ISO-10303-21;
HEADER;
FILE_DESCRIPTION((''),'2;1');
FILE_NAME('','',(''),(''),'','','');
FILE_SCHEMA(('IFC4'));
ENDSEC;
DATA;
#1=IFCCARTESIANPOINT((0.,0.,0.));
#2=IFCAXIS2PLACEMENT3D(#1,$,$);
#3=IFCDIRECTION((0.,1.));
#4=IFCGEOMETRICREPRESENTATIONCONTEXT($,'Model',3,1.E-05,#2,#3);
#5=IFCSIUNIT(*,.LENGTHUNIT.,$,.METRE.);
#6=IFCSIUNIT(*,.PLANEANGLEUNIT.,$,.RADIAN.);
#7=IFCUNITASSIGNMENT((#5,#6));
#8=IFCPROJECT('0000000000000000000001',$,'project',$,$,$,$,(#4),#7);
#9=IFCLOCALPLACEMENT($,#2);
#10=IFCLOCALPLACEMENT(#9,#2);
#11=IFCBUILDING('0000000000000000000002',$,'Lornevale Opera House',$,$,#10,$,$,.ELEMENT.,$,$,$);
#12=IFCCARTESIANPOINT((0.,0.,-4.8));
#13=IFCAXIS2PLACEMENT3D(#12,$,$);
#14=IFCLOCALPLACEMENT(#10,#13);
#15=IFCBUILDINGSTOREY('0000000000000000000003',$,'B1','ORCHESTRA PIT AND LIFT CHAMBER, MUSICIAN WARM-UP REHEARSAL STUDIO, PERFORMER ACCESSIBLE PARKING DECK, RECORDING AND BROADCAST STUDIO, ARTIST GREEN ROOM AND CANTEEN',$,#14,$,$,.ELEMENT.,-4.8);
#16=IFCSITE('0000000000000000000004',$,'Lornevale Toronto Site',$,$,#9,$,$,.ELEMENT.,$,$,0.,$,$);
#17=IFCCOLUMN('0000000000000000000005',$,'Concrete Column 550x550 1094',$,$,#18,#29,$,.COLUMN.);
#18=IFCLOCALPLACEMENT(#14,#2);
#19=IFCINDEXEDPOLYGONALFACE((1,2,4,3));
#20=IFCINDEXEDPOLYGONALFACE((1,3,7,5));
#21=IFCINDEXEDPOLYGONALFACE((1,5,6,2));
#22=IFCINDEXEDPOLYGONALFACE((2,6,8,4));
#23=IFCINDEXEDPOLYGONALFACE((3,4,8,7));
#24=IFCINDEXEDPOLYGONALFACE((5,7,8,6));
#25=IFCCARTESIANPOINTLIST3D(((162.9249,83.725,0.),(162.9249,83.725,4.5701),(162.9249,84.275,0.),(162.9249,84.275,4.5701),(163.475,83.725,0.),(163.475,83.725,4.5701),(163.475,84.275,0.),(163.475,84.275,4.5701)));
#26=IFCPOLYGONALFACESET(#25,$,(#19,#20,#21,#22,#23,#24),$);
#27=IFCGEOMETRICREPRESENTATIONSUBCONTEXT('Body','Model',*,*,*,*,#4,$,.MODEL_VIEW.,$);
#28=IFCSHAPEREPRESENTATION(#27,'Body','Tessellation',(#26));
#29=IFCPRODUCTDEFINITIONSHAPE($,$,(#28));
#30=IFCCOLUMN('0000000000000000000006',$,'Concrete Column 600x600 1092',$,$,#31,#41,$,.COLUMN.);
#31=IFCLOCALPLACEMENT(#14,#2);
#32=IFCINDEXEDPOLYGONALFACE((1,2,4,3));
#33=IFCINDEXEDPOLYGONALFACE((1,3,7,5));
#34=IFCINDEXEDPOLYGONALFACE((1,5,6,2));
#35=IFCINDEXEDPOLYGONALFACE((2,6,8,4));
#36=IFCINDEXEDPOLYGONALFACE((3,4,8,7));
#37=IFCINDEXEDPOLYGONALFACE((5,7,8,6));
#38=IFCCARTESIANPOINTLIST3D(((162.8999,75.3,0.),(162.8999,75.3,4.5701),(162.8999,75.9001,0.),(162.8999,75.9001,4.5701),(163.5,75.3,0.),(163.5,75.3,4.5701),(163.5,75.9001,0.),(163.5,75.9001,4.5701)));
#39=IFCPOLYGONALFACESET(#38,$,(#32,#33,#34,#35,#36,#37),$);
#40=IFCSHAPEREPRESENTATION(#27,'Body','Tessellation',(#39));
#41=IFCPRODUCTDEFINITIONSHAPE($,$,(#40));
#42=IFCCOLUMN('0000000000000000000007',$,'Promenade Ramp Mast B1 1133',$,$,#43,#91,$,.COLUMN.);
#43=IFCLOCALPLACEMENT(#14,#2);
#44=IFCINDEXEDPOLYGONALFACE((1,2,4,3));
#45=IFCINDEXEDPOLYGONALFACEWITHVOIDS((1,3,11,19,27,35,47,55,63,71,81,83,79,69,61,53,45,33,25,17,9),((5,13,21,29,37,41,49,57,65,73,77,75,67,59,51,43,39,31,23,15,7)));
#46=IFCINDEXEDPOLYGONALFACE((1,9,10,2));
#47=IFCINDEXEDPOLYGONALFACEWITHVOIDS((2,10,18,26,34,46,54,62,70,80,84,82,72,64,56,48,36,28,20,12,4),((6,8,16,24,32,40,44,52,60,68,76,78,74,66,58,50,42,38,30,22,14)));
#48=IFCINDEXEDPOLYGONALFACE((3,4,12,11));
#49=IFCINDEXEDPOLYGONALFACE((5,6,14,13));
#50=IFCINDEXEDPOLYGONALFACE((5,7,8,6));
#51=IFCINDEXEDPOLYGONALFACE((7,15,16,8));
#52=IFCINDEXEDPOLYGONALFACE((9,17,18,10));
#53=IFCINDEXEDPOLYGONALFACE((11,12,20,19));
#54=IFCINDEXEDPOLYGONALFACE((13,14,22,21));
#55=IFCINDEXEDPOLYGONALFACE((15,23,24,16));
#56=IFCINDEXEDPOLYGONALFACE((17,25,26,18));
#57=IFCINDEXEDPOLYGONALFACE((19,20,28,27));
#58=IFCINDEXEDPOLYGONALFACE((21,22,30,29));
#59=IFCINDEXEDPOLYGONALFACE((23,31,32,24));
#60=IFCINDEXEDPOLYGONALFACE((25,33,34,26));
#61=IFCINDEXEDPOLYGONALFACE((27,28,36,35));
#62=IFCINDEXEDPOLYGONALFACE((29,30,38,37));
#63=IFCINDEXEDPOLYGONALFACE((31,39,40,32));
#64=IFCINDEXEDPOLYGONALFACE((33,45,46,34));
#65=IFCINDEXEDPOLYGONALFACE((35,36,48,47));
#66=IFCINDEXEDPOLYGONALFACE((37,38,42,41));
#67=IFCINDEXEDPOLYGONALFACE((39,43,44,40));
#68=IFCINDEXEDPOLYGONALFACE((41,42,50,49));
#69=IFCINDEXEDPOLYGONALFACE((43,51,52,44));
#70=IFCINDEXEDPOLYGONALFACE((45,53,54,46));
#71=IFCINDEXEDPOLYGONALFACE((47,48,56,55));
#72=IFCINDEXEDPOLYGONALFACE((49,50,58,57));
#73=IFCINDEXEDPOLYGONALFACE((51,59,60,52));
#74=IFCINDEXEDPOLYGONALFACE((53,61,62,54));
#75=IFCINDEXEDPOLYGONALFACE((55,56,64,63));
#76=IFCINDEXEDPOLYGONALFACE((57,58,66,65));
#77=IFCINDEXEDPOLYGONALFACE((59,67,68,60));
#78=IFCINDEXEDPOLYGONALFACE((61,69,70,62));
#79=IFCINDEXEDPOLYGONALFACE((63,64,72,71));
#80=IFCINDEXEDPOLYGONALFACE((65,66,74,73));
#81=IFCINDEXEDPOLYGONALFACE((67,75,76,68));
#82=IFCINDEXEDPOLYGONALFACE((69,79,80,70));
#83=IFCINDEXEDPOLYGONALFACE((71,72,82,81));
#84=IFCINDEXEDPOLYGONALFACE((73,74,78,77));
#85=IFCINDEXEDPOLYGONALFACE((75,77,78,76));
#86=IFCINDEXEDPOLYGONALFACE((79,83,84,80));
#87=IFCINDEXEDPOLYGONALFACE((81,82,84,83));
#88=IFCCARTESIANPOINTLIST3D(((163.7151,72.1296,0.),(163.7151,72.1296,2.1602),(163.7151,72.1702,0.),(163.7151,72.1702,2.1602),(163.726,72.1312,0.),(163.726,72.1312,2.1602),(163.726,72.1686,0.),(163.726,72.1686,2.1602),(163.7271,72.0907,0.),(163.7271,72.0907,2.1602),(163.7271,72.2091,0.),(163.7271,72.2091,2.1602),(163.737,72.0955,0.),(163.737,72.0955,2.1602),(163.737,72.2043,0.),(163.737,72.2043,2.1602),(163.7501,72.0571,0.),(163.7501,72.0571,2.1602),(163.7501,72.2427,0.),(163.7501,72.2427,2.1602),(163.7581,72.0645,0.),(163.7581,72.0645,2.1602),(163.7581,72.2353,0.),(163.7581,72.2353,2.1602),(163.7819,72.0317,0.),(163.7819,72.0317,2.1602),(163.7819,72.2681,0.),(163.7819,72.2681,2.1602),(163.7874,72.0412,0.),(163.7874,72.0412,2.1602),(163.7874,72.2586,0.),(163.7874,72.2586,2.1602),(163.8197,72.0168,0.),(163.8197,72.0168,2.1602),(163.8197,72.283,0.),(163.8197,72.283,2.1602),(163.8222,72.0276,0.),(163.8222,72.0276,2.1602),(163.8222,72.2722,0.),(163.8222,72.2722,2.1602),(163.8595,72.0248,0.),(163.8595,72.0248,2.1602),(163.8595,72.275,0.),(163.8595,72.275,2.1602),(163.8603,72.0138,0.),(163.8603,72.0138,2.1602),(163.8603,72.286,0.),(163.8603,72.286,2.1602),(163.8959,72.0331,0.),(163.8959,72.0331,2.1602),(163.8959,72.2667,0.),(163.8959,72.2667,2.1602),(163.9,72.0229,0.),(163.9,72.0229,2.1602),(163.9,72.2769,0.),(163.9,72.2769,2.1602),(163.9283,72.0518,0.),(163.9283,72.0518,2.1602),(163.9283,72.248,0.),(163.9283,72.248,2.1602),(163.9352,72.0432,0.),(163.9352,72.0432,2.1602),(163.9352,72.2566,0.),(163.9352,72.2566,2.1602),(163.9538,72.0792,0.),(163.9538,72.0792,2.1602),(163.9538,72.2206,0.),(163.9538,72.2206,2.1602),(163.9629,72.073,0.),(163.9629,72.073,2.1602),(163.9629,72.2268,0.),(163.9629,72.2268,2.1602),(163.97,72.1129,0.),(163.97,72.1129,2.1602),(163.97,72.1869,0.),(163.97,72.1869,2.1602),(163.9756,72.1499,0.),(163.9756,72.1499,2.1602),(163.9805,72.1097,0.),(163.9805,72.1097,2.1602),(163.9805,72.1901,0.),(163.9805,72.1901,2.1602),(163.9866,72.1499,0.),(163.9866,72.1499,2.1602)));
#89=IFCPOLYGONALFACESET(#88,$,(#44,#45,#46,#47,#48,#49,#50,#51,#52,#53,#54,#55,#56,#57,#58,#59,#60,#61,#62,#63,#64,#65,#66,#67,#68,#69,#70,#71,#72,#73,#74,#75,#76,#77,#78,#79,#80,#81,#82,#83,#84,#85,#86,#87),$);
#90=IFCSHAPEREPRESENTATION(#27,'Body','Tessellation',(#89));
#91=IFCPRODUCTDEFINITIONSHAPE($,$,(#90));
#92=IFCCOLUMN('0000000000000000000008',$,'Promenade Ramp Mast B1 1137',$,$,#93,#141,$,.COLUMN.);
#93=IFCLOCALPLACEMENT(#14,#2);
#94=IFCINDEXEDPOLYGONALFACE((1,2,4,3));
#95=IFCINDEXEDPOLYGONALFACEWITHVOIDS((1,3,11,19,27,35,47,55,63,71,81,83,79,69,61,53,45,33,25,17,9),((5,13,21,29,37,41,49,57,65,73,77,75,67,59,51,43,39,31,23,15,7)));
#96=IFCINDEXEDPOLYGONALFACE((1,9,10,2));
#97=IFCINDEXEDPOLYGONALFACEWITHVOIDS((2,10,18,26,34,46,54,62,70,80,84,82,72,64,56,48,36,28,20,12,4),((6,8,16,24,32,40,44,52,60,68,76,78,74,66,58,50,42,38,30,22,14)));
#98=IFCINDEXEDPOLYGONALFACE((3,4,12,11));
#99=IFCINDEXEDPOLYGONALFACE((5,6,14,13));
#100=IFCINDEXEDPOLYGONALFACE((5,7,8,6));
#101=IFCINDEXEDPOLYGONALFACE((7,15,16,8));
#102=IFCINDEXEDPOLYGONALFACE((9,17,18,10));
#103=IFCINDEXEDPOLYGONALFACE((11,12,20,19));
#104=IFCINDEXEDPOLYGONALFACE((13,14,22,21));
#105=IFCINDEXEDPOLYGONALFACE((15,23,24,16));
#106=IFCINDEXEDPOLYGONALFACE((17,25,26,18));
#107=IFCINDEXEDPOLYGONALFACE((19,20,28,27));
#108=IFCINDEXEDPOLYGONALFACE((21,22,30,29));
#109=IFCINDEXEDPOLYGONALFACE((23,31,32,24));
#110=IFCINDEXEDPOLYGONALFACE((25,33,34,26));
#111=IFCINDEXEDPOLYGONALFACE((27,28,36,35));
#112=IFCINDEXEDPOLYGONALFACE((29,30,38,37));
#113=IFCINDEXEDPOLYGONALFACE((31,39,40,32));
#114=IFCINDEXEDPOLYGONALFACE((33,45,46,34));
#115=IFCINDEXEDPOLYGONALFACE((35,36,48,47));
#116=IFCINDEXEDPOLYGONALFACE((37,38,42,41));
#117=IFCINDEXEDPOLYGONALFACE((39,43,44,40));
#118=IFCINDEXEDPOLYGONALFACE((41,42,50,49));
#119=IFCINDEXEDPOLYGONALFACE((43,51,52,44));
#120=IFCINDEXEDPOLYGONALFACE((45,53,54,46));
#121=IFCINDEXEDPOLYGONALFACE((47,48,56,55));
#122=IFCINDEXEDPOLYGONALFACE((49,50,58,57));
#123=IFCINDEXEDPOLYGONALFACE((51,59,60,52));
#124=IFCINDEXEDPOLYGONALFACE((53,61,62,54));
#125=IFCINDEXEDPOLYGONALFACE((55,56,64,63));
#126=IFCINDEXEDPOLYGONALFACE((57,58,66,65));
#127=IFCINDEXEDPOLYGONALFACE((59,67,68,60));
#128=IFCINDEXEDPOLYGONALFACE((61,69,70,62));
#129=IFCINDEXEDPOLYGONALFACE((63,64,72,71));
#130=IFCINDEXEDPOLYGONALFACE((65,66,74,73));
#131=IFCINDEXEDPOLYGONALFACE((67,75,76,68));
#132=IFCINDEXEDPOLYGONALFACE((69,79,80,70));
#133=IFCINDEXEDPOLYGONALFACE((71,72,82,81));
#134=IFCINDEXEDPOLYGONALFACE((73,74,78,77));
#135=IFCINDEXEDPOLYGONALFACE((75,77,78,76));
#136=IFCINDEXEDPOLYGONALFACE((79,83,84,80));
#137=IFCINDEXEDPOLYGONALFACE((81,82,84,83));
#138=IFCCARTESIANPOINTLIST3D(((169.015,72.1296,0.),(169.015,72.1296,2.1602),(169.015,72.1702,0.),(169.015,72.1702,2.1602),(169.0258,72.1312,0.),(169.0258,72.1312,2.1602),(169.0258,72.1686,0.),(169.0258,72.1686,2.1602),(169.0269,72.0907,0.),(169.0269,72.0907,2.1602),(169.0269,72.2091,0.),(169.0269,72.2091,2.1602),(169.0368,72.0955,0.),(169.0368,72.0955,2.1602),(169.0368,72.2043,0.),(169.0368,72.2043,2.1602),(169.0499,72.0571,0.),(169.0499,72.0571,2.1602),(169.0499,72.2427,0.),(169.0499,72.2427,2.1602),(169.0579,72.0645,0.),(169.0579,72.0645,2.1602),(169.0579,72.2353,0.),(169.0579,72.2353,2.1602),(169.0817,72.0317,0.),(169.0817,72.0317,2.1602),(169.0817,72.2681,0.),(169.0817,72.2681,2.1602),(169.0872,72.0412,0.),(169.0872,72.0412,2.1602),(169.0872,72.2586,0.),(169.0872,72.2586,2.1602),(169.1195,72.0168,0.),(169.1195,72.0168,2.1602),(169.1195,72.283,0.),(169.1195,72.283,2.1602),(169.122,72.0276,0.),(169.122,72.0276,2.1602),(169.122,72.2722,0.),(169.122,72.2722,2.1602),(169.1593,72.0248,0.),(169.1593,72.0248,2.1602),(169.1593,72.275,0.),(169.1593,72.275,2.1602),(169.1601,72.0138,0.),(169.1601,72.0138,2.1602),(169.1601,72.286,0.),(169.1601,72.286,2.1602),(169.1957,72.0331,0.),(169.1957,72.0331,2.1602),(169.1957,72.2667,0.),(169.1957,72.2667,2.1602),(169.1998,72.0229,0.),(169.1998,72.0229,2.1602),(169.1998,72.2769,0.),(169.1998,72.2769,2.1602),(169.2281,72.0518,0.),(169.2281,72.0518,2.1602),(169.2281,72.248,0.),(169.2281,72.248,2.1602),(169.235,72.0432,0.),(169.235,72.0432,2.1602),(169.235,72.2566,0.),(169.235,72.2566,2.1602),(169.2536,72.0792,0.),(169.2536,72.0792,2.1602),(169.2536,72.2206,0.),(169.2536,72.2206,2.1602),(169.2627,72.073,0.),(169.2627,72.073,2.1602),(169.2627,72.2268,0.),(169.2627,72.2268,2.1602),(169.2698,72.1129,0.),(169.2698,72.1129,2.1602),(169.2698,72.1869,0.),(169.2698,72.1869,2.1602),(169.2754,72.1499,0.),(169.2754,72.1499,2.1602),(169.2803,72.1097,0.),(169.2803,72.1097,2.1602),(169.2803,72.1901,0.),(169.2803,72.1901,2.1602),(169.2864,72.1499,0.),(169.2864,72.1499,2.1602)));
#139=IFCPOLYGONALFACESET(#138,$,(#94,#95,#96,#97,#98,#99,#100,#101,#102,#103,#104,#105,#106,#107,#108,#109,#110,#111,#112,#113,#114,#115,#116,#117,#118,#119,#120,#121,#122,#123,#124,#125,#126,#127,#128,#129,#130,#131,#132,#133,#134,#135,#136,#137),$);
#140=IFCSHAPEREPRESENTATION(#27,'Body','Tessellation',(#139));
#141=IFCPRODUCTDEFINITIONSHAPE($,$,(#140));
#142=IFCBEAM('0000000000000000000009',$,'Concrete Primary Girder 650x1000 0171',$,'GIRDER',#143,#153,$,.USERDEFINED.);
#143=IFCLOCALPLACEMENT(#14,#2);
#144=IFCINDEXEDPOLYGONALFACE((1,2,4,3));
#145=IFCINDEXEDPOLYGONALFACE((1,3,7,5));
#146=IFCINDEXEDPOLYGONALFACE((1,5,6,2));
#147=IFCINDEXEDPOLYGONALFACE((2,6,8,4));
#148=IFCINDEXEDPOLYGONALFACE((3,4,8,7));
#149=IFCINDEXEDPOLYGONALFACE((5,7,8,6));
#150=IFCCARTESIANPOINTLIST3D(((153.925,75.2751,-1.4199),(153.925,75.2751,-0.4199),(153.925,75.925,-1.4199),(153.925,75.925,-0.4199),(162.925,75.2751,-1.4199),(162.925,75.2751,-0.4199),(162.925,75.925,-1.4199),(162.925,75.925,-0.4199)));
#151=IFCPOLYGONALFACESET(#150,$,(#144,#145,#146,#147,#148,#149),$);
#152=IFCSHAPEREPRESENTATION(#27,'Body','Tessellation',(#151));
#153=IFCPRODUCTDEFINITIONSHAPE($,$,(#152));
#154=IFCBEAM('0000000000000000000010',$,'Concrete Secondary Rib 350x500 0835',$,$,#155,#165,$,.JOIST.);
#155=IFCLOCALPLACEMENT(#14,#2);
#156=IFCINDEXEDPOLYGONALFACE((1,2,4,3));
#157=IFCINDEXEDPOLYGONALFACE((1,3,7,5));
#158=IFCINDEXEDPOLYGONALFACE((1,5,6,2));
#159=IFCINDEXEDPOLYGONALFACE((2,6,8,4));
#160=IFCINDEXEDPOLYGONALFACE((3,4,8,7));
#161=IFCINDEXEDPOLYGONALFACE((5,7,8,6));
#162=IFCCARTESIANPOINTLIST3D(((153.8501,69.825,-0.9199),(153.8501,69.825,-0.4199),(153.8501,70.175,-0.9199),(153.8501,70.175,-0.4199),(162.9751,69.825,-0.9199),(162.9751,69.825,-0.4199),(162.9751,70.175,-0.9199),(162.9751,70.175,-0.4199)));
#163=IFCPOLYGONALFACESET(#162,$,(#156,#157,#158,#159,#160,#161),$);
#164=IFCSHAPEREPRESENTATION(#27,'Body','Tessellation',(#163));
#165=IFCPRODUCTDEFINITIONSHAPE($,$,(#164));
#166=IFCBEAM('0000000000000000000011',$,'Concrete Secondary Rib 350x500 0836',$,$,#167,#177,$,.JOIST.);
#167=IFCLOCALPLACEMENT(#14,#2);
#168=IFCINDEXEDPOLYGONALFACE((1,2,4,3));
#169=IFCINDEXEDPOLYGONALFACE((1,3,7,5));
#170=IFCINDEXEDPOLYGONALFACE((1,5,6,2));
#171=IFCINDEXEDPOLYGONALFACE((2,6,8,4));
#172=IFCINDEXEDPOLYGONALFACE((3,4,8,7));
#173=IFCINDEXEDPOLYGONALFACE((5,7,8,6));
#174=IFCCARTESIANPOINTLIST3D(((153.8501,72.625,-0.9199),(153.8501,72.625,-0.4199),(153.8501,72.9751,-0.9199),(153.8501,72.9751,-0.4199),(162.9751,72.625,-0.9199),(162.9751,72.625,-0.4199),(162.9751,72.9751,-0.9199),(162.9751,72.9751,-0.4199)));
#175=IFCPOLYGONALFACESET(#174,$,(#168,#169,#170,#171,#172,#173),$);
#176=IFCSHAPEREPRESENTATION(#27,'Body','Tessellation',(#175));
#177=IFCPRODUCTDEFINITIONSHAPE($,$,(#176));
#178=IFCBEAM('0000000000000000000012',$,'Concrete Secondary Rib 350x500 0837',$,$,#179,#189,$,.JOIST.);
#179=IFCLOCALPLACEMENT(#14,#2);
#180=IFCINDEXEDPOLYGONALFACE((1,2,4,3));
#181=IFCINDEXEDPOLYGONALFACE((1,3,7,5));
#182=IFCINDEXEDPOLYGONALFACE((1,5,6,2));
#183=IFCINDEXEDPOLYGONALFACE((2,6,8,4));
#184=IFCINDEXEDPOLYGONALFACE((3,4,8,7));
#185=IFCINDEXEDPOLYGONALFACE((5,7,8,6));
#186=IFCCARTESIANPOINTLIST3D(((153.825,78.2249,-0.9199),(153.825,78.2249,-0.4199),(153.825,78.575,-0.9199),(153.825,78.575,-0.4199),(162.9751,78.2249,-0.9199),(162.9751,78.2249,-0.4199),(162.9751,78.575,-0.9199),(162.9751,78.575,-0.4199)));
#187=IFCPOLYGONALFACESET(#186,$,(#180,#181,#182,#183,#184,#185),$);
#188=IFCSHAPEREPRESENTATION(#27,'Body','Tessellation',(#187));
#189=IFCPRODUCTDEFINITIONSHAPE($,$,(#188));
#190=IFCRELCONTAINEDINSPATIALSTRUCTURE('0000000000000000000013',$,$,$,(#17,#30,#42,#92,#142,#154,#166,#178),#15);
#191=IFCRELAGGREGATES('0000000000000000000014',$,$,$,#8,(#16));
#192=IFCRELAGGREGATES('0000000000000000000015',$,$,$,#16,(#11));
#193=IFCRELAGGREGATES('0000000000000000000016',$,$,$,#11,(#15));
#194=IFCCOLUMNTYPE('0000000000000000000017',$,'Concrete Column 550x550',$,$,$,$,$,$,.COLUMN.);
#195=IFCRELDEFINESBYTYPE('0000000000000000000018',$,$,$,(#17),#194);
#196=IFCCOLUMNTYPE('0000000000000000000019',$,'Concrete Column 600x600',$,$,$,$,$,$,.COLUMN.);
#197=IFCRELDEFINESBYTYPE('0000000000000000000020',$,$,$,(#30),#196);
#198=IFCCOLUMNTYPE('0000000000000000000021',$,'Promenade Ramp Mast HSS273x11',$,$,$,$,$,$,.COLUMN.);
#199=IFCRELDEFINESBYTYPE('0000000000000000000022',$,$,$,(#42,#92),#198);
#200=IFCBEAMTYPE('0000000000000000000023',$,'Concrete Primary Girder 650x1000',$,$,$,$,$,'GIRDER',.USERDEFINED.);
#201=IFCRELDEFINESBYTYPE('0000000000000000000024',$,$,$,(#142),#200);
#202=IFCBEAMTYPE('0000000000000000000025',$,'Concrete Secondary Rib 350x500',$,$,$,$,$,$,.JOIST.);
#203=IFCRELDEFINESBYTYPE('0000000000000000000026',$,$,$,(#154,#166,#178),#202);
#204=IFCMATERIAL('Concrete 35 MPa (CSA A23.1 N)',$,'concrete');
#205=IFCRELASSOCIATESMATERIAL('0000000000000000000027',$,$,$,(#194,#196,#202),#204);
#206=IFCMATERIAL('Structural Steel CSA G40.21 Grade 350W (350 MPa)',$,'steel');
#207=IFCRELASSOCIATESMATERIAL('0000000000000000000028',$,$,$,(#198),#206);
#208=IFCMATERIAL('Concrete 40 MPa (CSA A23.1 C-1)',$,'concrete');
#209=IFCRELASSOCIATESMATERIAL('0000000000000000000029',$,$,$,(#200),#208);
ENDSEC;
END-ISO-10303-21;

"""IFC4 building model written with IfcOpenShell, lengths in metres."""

from ifc_helpers import new_model, si_unit, direction, frame, origin, origin_2d, place, context, subcontext, project, spatial, rectangle, hollow_circle, extrude, material, material_profile, profile_set, type_object, element, save


model = new_model("IFC4")

# Units and contexts
model_context = context("Model", 3, precision=1e-05, world=origin(), true_north=direction((0.0, 1.0)))
body_context = subcontext(model_context, "Body", "Model", "MODEL_VIEW")
ifc_project = project(units=[si_unit("LENGTHUNIT", "METRE"), si_unit("PLANEANGLEUNIT", "RADIAN")], contexts=[model_context])

# Site, building, storey
site_placement = place(None, origin())
site = spatial("IfcSite", under=ifc_project, at=site_placement, Name="Lornevale Toronto Site", CompositionType="ELEMENT", RefElevation=0.0)
building_placement = place(site_placement, origin())
building = spatial("IfcBuilding", under=site, at=building_placement, Name="Lornevale Opera House", CompositionType="ELEMENT")
storey_placement = place(building_placement, frame((0.0, 0.0, -4.8)))
storey = spatial("IfcBuildingStorey", under=building, at=storey_placement, Name="B1", Description="ORCHESTRA PIT AND LIFT CHAMBER, MUSICIAN WARM-UP REHEARSAL STUDIO, PERFORMER ACCESSIBLE PARKING DECK, RECORDING AND BROADCAST STUDIO, ARTIST GREEN ROOM AND CANTEEN", CompositionType="ELEMENT", Elevation=-4.8)

# Columns
ifc_material_1 = material(Name="Concrete 35 MPa (CSA A23.1 N)", Category="concrete")
ifc_material_profile_1 = material_profile(ifc_material_1, rectangle(XDim=0.55, YDim=0.55, at=origin_2d()), Name="RC550x550")
ifc_profile_set_1 = profile_set([ifc_material_profile_1], Name="Concrete 35 MPa (CSA A23.1 N)")
column_type_1 = type_object("IfcColumnType", Name="Concrete Column 550x550", PredefinedType="COLUMN", material=ifc_profile_set_1)
column_1_placement = place(storey_placement, frame((163.2, 84.0, 0.0), z_axis=(0.0, 0.0, 1.0), x_axis=(1.0, 0.0, 0.0)))
element("IfcColumn", 1, at=column_1_placement, inside=storey, type_object=column_type_1, Name="Concrete Column 550x550 1094", PredefinedType="COLUMN", context=body_context, shape_type="SweptSolid", body=[
    extrude(rectangle(XDim=0.55, YDim=0.55, at=origin_2d()), origin(), (0.0, 0.0, 1.0), 4.5701),
])
ifc_material_profile_2 = material_profile(ifc_material_1, rectangle(XDim=0.6001, YDim=0.6001, at=origin_2d()), Name="RC600x600")
ifc_profile_set_2 = profile_set([ifc_material_profile_2], Name="Concrete 35 MPa (CSA A23.1 N)")
column_type_2 = type_object("IfcColumnType", Name="Concrete Column 600x600", PredefinedType="COLUMN", material=ifc_profile_set_2)
column_2_placement = place(storey_placement, frame((163.2, 75.6001, 0.0), z_axis=(0.0, 0.0, 1.0), x_axis=(1.0, 0.0, 0.0)))
element("IfcColumn", 2, at=column_2_placement, inside=storey, type_object=column_type_2, Name="Concrete Column 600x600 1092", PredefinedType="COLUMN", context=body_context, shape_type="SweptSolid", body=[
    extrude(rectangle(XDim=0.6001, YDim=0.6001, at=origin_2d()), origin(), (0.0, 0.0, 1.0), 4.5701),
])
ifc_material_2 = material(Name="Structural Steel CSA G40.21 Grade 350W (350 MPa)", Category="steel")
ifc_material_profile_3 = material_profile(ifc_material_2, hollow_circle(Radius=0.1365, WallThickness=0.011, at=origin_2d()), Name="HSS273x11")
ifc_profile_set_3 = profile_set([ifc_material_profile_3], Name="Structural Steel CSA G40.21 Grade 350W (350 MPa)")
column_type_3 = type_object("IfcColumnType", Name="Promenade Ramp Mast HSS273x11", PredefinedType="COLUMN", material=ifc_profile_set_3)
for number, where, z_axis, x_axis, name in (
    (3, (163.8501, 72.1499, 0.0), (0.0, 0.0, 1.0), (1.0, 0.0, 0.0), "Promenade Ramp Mast B1 1133"),
    (4, (169.1499, 72.1499, 0.0), (0.0, 0.0, 1.0), (1.0, 0.0, 0.0), "Promenade Ramp Mast B1 1137"),
):
    element("IfcColumn", number, at=place(storey_placement, frame(where, z_axis=z_axis, x_axis=x_axis)), inside=storey, type_object=column_type_3, Name=name, PredefinedType="COLUMN", context=body_context, shape_type="SweptSolid", body=[
        extrude(hollow_circle(Radius=0.1365, WallThickness=0.011, at=origin_2d()), origin(), (0.0, 0.0, 1.0), 2.1602),
    ])

# Beams
ifc_material_3 = material(Name="Concrete 40 MPa (CSA A23.1 C-1)", Category="concrete")
ifc_material_profile_4 = material_profile(ifc_material_3, rectangle(XDim=0.6499, YDim=1.0, at=origin_2d()), Name="RC650x1000")
ifc_profile_set_4 = profile_set([ifc_material_profile_4], Name="Concrete 40 MPa (CSA A23.1 C-1)")
beam_type_1 = type_object("IfcBeamType", Name="Concrete Primary Girder 650x1000", ElementType="GIRDER", PredefinedType="USERDEFINED", material=ifc_profile_set_4)
beam_1_placement = place(storey_placement, frame((153.925, 75.6001, -0.9199), z_axis=(1.0, 0.0, 0.0), x_axis=(0.0, 1.0, 0.0)))
element("IfcBeam", 5, at=beam_1_placement, inside=storey, type_object=beam_type_1, Name="Concrete Primary Girder 650x1000 0171", ObjectType="GIRDER", PredefinedType="USERDEFINED", context=body_context, shape_type="SweptSolid", body=[
    extrude(rectangle(XDim=0.6499, YDim=1.0, at=origin_2d()), origin(), (0.0, 0.0, 1.0), 9.0),
])
ifc_material_profile_5 = material_profile(ifc_material_1, rectangle(XDim=0.3501, YDim=0.5, at=origin_2d()), Name="RC350x500")
ifc_profile_set_5 = profile_set([ifc_material_profile_5], Name="Concrete 35 MPa (CSA A23.1 N)")
beam_type_2 = type_object("IfcBeamType", Name="Concrete Secondary Rib 350x500", PredefinedType="JOIST", material=ifc_profile_set_5)
for number, where, z_axis, x_axis, name in (
    (6, (153.8501, 70.0, -0.6699), (1.0, 0.0, 0.0), (0.0, 1.0, 0.0), "Concrete Secondary Rib 350x500 0835"),
    (7, (153.8501, 72.8, -0.6699), (1.0, 0.0, 0.0), (0.0, 1.0, 0.0), "Concrete Secondary Rib 350x500 0836"),
):
    element("IfcBeam", number, at=place(storey_placement, frame(where, z_axis=z_axis, x_axis=x_axis)), inside=storey, type_object=beam_type_2, Name=name, PredefinedType="JOIST", context=body_context, shape_type="SweptSolid", body=[
        extrude(rectangle(XDim=0.3501, YDim=0.5, at=origin_2d()), origin(), (0.0, 0.0, 1.0), 9.125),
    ])
for number, where, z_axis, x_axis, name in (
    (8, (153.825, 78.3999, -0.6699), (1.0, 0.0, 0.0), (0.0, 1.0, 0.0), "Concrete Secondary Rib 350x500 0837"),
):
    element("IfcBeam", number, at=place(storey_placement, frame(where, z_axis=z_axis, x_axis=x_axis)), inside=storey, type_object=beam_type_2, Name=name, PredefinedType="JOIST", context=body_context, shape_type="SweptSolid", body=[
        extrude(rectangle(XDim=0.3501, YDim=0.5, at=origin_2d()), origin(), (0.0, 0.0, 1.0), 9.1501),
    ])

save(model, "model.ifc")
